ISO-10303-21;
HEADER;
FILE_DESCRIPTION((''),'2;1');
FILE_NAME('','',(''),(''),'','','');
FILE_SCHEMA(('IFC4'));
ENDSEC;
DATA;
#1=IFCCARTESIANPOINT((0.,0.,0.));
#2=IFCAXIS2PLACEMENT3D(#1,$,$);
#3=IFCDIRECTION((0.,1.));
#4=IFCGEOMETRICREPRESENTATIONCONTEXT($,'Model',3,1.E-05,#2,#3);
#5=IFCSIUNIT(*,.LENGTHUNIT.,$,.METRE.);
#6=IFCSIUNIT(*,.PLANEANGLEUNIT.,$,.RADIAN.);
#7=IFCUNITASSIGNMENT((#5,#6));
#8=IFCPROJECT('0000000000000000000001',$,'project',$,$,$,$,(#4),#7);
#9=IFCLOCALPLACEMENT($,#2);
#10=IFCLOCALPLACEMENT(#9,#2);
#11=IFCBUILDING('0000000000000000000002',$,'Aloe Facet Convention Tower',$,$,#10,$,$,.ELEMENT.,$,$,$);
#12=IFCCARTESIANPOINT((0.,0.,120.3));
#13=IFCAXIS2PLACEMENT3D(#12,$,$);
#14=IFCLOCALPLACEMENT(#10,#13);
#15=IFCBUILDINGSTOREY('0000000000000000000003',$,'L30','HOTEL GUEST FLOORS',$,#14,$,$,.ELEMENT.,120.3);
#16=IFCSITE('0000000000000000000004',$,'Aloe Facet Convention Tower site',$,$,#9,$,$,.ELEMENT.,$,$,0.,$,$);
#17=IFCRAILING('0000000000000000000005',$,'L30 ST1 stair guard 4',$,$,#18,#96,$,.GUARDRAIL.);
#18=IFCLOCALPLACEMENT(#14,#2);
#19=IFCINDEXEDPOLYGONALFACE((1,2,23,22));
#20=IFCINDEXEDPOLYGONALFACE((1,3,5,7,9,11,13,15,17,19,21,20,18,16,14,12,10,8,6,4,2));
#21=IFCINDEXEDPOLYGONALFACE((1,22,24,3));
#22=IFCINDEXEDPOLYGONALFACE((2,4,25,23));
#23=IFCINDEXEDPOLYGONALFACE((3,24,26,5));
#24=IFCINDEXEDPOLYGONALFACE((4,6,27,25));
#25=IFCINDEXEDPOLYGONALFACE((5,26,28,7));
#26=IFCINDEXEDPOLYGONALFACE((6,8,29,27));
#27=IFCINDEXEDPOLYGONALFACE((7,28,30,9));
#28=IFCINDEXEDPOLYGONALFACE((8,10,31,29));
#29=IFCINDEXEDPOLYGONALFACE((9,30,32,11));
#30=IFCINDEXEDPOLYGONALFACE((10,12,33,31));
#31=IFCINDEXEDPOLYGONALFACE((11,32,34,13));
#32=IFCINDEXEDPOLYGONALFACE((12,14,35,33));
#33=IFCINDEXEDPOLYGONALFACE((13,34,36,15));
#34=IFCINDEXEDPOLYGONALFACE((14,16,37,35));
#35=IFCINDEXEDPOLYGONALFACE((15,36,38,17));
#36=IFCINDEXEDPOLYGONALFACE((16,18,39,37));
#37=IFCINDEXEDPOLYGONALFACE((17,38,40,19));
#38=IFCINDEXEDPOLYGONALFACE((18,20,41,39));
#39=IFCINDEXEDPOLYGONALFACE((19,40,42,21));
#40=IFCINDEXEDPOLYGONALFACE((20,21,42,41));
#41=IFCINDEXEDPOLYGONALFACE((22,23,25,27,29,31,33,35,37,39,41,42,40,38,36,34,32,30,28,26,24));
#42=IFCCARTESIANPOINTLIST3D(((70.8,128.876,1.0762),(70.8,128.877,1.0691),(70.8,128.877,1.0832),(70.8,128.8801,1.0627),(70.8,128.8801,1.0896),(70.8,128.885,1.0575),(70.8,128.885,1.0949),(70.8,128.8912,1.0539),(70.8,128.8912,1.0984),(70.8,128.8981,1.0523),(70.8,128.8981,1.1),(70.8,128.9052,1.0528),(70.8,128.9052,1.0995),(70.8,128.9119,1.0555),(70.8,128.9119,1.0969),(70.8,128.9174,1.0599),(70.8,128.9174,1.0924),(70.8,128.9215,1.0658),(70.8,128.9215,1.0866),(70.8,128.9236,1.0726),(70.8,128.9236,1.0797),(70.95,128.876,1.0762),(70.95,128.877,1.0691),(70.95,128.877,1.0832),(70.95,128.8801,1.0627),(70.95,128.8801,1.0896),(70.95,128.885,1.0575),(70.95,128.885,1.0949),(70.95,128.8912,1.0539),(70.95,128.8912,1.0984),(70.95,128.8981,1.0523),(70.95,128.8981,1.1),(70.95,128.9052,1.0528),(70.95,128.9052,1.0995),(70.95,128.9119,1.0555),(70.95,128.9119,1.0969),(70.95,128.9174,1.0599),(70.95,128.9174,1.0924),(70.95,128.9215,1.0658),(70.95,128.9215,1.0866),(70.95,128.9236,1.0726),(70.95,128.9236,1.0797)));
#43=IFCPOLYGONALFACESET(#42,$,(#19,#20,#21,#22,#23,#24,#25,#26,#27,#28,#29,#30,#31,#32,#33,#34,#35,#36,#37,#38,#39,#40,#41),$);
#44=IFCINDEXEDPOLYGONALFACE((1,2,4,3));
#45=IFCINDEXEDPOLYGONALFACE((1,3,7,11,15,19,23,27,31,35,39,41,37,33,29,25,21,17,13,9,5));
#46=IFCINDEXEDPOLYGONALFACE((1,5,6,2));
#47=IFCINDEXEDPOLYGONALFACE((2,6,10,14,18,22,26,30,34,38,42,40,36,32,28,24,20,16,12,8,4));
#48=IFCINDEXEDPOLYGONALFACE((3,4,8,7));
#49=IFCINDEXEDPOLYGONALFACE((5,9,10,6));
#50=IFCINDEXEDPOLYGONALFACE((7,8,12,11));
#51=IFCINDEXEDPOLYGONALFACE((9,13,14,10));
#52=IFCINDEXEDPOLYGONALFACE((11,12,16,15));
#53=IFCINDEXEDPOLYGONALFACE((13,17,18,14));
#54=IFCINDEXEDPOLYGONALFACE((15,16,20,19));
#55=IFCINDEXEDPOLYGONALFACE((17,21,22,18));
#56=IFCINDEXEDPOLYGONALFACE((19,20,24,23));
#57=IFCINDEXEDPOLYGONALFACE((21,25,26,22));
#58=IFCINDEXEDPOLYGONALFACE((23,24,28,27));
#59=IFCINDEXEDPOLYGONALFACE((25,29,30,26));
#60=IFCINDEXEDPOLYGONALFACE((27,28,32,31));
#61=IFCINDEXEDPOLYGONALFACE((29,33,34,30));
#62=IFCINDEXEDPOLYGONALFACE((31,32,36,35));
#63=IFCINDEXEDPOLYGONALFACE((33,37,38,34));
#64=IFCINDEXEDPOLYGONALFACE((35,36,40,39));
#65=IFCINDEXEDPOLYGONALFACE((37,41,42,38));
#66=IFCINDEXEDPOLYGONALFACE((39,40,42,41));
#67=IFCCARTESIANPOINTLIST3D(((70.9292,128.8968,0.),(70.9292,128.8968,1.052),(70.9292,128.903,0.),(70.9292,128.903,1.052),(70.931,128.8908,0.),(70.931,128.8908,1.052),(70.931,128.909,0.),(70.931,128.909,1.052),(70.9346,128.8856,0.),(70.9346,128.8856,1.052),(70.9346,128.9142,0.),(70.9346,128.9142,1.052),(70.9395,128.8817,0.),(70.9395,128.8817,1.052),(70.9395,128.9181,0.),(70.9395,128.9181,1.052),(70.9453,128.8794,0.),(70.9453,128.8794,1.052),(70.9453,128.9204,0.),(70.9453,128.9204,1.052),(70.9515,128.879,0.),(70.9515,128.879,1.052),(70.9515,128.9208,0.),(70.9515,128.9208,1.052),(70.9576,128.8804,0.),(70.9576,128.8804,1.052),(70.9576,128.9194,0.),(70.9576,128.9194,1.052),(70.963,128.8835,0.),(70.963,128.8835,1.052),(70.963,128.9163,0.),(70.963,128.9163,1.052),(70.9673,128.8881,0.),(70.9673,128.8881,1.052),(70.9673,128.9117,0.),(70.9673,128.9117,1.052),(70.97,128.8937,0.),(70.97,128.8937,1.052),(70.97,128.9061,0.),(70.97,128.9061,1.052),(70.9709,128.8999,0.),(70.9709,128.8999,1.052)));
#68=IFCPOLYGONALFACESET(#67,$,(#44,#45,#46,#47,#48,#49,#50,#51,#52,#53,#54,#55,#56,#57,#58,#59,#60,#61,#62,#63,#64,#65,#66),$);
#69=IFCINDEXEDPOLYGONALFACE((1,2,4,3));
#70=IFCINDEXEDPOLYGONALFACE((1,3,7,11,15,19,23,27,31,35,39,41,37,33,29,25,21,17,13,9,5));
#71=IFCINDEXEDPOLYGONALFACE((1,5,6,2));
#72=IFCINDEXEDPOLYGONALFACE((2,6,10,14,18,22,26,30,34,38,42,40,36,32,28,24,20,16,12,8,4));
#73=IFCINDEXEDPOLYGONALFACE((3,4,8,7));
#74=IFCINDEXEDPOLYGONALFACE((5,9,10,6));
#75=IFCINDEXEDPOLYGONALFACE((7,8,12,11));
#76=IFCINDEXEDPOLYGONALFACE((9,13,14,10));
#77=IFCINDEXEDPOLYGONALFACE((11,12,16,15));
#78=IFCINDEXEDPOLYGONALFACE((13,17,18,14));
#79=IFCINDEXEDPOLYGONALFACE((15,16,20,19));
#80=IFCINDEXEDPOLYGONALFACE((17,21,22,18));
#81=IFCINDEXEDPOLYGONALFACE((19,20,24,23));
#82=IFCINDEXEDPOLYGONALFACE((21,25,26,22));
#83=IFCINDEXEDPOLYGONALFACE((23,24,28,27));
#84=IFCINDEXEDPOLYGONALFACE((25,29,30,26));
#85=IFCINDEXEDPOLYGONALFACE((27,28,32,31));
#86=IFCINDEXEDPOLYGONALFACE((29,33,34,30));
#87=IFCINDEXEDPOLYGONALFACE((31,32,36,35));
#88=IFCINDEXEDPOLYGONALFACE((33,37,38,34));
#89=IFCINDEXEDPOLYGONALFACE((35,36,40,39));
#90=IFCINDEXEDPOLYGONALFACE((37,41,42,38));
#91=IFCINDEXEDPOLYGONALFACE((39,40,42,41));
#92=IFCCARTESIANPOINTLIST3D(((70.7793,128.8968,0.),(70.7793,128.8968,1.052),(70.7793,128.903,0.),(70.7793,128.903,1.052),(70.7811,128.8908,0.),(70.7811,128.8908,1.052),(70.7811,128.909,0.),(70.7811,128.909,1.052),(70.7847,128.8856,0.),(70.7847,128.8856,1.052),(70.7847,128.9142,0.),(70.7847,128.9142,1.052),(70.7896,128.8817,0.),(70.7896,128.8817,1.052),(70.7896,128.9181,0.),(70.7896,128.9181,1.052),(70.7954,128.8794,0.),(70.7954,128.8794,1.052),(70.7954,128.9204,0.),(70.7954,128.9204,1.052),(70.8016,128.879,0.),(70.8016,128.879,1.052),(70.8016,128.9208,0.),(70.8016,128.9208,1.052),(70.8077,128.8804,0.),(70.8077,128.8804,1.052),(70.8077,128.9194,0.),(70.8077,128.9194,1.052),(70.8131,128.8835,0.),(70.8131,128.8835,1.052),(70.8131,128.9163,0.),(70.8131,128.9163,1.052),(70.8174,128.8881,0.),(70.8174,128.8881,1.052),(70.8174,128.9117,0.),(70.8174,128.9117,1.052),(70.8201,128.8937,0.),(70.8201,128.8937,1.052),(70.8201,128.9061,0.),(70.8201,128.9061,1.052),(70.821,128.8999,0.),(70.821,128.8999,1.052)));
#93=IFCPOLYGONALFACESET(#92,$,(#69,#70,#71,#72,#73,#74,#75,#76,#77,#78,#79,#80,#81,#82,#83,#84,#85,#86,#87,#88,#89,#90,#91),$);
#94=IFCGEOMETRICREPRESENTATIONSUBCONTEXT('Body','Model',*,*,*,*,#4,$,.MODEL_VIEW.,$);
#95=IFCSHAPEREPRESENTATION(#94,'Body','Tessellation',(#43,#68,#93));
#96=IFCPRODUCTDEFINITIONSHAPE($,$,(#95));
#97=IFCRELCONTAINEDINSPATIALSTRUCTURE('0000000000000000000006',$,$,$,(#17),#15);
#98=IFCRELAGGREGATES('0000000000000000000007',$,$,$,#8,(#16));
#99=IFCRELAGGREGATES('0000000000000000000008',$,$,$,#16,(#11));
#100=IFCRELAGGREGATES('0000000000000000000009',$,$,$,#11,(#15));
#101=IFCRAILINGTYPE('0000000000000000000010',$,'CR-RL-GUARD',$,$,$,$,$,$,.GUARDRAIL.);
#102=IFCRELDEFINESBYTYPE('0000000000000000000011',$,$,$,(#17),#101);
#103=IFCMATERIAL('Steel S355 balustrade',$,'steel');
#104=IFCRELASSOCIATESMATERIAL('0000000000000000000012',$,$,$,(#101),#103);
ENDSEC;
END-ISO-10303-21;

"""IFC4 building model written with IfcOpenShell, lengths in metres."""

from ifc_helpers import new_model, si_unit, direction, frame, origin, origin_2d, place, context, subcontext, project, spatial, circle, extrude, material, type_object, element, save


model = new_model("IFC4")

# Units and contexts
model_context = context("Model", 3, precision=1e-05, world=origin(), true_north=direction((0.0, 1.0)))
body_context = subcontext(model_context, "Body", "Model", "MODEL_VIEW")
ifc_project = project(units=[si_unit("LENGTHUNIT", "METRE"), si_unit("PLANEANGLEUNIT", "RADIAN")], contexts=[model_context])

# Site, building, storey
site_placement = place(None, origin())
site = spatial("IfcSite", under=ifc_project, at=site_placement, Name="Aloe Facet Convention Tower site", CompositionType="ELEMENT", RefElevation=0.0)
building_placement = place(site_placement, origin())
building = spatial("IfcBuilding", under=site, at=building_placement, Name="Aloe Facet Convention Tower", CompositionType="ELEMENT")
storey_placement = place(building_placement, frame((0.0, 0.0, 120.3)))
storey = spatial("IfcBuildingStorey", under=building, at=storey_placement, Name="L30", Description="HOTEL GUEST FLOORS", CompositionType="ELEMENT", Elevation=120.3)

# Railing
ifc_material_1 = material(Name="Steel S355 balustrade", Category="steel")
railing_type_1 = type_object("IfcRailingType", Name="CR-RL-GUARD", PredefinedType="GUARDRAIL", material=ifc_material_1)
railing_1_placement = place(storey_placement, frame((70.95, 128.8999, 0.0)))
element("IfcRailing", 1, at=railing_1_placement, inside=storey, type_object=railing_type_1, Name="L30 ST1 stair guard 4", PredefinedType="GUARDRAIL", context=body_context, shape_type="SweptSolid", body=[
    extrude(circle(Radius=0.0239, at=origin_2d()), frame((0.0, 0.0, 1.0762), z_axis=(-1.0, 0.0, 0.0), x_axis=(0.0, -1.0, 0.0)), (0.0, 0.0, 1.0), 0.1499),
    extrude(circle(Radius=0.021, at=origin_2d()), origin(), (0.0, 0.0, 1.0), 1.052),
    extrude(circle(Radius=0.021, at=origin_2d()), frame((-0.1499, 0.0, 0.0)), (0.0, 0.0, 1.0), 1.052),
])

save(model, "model.ifc")
